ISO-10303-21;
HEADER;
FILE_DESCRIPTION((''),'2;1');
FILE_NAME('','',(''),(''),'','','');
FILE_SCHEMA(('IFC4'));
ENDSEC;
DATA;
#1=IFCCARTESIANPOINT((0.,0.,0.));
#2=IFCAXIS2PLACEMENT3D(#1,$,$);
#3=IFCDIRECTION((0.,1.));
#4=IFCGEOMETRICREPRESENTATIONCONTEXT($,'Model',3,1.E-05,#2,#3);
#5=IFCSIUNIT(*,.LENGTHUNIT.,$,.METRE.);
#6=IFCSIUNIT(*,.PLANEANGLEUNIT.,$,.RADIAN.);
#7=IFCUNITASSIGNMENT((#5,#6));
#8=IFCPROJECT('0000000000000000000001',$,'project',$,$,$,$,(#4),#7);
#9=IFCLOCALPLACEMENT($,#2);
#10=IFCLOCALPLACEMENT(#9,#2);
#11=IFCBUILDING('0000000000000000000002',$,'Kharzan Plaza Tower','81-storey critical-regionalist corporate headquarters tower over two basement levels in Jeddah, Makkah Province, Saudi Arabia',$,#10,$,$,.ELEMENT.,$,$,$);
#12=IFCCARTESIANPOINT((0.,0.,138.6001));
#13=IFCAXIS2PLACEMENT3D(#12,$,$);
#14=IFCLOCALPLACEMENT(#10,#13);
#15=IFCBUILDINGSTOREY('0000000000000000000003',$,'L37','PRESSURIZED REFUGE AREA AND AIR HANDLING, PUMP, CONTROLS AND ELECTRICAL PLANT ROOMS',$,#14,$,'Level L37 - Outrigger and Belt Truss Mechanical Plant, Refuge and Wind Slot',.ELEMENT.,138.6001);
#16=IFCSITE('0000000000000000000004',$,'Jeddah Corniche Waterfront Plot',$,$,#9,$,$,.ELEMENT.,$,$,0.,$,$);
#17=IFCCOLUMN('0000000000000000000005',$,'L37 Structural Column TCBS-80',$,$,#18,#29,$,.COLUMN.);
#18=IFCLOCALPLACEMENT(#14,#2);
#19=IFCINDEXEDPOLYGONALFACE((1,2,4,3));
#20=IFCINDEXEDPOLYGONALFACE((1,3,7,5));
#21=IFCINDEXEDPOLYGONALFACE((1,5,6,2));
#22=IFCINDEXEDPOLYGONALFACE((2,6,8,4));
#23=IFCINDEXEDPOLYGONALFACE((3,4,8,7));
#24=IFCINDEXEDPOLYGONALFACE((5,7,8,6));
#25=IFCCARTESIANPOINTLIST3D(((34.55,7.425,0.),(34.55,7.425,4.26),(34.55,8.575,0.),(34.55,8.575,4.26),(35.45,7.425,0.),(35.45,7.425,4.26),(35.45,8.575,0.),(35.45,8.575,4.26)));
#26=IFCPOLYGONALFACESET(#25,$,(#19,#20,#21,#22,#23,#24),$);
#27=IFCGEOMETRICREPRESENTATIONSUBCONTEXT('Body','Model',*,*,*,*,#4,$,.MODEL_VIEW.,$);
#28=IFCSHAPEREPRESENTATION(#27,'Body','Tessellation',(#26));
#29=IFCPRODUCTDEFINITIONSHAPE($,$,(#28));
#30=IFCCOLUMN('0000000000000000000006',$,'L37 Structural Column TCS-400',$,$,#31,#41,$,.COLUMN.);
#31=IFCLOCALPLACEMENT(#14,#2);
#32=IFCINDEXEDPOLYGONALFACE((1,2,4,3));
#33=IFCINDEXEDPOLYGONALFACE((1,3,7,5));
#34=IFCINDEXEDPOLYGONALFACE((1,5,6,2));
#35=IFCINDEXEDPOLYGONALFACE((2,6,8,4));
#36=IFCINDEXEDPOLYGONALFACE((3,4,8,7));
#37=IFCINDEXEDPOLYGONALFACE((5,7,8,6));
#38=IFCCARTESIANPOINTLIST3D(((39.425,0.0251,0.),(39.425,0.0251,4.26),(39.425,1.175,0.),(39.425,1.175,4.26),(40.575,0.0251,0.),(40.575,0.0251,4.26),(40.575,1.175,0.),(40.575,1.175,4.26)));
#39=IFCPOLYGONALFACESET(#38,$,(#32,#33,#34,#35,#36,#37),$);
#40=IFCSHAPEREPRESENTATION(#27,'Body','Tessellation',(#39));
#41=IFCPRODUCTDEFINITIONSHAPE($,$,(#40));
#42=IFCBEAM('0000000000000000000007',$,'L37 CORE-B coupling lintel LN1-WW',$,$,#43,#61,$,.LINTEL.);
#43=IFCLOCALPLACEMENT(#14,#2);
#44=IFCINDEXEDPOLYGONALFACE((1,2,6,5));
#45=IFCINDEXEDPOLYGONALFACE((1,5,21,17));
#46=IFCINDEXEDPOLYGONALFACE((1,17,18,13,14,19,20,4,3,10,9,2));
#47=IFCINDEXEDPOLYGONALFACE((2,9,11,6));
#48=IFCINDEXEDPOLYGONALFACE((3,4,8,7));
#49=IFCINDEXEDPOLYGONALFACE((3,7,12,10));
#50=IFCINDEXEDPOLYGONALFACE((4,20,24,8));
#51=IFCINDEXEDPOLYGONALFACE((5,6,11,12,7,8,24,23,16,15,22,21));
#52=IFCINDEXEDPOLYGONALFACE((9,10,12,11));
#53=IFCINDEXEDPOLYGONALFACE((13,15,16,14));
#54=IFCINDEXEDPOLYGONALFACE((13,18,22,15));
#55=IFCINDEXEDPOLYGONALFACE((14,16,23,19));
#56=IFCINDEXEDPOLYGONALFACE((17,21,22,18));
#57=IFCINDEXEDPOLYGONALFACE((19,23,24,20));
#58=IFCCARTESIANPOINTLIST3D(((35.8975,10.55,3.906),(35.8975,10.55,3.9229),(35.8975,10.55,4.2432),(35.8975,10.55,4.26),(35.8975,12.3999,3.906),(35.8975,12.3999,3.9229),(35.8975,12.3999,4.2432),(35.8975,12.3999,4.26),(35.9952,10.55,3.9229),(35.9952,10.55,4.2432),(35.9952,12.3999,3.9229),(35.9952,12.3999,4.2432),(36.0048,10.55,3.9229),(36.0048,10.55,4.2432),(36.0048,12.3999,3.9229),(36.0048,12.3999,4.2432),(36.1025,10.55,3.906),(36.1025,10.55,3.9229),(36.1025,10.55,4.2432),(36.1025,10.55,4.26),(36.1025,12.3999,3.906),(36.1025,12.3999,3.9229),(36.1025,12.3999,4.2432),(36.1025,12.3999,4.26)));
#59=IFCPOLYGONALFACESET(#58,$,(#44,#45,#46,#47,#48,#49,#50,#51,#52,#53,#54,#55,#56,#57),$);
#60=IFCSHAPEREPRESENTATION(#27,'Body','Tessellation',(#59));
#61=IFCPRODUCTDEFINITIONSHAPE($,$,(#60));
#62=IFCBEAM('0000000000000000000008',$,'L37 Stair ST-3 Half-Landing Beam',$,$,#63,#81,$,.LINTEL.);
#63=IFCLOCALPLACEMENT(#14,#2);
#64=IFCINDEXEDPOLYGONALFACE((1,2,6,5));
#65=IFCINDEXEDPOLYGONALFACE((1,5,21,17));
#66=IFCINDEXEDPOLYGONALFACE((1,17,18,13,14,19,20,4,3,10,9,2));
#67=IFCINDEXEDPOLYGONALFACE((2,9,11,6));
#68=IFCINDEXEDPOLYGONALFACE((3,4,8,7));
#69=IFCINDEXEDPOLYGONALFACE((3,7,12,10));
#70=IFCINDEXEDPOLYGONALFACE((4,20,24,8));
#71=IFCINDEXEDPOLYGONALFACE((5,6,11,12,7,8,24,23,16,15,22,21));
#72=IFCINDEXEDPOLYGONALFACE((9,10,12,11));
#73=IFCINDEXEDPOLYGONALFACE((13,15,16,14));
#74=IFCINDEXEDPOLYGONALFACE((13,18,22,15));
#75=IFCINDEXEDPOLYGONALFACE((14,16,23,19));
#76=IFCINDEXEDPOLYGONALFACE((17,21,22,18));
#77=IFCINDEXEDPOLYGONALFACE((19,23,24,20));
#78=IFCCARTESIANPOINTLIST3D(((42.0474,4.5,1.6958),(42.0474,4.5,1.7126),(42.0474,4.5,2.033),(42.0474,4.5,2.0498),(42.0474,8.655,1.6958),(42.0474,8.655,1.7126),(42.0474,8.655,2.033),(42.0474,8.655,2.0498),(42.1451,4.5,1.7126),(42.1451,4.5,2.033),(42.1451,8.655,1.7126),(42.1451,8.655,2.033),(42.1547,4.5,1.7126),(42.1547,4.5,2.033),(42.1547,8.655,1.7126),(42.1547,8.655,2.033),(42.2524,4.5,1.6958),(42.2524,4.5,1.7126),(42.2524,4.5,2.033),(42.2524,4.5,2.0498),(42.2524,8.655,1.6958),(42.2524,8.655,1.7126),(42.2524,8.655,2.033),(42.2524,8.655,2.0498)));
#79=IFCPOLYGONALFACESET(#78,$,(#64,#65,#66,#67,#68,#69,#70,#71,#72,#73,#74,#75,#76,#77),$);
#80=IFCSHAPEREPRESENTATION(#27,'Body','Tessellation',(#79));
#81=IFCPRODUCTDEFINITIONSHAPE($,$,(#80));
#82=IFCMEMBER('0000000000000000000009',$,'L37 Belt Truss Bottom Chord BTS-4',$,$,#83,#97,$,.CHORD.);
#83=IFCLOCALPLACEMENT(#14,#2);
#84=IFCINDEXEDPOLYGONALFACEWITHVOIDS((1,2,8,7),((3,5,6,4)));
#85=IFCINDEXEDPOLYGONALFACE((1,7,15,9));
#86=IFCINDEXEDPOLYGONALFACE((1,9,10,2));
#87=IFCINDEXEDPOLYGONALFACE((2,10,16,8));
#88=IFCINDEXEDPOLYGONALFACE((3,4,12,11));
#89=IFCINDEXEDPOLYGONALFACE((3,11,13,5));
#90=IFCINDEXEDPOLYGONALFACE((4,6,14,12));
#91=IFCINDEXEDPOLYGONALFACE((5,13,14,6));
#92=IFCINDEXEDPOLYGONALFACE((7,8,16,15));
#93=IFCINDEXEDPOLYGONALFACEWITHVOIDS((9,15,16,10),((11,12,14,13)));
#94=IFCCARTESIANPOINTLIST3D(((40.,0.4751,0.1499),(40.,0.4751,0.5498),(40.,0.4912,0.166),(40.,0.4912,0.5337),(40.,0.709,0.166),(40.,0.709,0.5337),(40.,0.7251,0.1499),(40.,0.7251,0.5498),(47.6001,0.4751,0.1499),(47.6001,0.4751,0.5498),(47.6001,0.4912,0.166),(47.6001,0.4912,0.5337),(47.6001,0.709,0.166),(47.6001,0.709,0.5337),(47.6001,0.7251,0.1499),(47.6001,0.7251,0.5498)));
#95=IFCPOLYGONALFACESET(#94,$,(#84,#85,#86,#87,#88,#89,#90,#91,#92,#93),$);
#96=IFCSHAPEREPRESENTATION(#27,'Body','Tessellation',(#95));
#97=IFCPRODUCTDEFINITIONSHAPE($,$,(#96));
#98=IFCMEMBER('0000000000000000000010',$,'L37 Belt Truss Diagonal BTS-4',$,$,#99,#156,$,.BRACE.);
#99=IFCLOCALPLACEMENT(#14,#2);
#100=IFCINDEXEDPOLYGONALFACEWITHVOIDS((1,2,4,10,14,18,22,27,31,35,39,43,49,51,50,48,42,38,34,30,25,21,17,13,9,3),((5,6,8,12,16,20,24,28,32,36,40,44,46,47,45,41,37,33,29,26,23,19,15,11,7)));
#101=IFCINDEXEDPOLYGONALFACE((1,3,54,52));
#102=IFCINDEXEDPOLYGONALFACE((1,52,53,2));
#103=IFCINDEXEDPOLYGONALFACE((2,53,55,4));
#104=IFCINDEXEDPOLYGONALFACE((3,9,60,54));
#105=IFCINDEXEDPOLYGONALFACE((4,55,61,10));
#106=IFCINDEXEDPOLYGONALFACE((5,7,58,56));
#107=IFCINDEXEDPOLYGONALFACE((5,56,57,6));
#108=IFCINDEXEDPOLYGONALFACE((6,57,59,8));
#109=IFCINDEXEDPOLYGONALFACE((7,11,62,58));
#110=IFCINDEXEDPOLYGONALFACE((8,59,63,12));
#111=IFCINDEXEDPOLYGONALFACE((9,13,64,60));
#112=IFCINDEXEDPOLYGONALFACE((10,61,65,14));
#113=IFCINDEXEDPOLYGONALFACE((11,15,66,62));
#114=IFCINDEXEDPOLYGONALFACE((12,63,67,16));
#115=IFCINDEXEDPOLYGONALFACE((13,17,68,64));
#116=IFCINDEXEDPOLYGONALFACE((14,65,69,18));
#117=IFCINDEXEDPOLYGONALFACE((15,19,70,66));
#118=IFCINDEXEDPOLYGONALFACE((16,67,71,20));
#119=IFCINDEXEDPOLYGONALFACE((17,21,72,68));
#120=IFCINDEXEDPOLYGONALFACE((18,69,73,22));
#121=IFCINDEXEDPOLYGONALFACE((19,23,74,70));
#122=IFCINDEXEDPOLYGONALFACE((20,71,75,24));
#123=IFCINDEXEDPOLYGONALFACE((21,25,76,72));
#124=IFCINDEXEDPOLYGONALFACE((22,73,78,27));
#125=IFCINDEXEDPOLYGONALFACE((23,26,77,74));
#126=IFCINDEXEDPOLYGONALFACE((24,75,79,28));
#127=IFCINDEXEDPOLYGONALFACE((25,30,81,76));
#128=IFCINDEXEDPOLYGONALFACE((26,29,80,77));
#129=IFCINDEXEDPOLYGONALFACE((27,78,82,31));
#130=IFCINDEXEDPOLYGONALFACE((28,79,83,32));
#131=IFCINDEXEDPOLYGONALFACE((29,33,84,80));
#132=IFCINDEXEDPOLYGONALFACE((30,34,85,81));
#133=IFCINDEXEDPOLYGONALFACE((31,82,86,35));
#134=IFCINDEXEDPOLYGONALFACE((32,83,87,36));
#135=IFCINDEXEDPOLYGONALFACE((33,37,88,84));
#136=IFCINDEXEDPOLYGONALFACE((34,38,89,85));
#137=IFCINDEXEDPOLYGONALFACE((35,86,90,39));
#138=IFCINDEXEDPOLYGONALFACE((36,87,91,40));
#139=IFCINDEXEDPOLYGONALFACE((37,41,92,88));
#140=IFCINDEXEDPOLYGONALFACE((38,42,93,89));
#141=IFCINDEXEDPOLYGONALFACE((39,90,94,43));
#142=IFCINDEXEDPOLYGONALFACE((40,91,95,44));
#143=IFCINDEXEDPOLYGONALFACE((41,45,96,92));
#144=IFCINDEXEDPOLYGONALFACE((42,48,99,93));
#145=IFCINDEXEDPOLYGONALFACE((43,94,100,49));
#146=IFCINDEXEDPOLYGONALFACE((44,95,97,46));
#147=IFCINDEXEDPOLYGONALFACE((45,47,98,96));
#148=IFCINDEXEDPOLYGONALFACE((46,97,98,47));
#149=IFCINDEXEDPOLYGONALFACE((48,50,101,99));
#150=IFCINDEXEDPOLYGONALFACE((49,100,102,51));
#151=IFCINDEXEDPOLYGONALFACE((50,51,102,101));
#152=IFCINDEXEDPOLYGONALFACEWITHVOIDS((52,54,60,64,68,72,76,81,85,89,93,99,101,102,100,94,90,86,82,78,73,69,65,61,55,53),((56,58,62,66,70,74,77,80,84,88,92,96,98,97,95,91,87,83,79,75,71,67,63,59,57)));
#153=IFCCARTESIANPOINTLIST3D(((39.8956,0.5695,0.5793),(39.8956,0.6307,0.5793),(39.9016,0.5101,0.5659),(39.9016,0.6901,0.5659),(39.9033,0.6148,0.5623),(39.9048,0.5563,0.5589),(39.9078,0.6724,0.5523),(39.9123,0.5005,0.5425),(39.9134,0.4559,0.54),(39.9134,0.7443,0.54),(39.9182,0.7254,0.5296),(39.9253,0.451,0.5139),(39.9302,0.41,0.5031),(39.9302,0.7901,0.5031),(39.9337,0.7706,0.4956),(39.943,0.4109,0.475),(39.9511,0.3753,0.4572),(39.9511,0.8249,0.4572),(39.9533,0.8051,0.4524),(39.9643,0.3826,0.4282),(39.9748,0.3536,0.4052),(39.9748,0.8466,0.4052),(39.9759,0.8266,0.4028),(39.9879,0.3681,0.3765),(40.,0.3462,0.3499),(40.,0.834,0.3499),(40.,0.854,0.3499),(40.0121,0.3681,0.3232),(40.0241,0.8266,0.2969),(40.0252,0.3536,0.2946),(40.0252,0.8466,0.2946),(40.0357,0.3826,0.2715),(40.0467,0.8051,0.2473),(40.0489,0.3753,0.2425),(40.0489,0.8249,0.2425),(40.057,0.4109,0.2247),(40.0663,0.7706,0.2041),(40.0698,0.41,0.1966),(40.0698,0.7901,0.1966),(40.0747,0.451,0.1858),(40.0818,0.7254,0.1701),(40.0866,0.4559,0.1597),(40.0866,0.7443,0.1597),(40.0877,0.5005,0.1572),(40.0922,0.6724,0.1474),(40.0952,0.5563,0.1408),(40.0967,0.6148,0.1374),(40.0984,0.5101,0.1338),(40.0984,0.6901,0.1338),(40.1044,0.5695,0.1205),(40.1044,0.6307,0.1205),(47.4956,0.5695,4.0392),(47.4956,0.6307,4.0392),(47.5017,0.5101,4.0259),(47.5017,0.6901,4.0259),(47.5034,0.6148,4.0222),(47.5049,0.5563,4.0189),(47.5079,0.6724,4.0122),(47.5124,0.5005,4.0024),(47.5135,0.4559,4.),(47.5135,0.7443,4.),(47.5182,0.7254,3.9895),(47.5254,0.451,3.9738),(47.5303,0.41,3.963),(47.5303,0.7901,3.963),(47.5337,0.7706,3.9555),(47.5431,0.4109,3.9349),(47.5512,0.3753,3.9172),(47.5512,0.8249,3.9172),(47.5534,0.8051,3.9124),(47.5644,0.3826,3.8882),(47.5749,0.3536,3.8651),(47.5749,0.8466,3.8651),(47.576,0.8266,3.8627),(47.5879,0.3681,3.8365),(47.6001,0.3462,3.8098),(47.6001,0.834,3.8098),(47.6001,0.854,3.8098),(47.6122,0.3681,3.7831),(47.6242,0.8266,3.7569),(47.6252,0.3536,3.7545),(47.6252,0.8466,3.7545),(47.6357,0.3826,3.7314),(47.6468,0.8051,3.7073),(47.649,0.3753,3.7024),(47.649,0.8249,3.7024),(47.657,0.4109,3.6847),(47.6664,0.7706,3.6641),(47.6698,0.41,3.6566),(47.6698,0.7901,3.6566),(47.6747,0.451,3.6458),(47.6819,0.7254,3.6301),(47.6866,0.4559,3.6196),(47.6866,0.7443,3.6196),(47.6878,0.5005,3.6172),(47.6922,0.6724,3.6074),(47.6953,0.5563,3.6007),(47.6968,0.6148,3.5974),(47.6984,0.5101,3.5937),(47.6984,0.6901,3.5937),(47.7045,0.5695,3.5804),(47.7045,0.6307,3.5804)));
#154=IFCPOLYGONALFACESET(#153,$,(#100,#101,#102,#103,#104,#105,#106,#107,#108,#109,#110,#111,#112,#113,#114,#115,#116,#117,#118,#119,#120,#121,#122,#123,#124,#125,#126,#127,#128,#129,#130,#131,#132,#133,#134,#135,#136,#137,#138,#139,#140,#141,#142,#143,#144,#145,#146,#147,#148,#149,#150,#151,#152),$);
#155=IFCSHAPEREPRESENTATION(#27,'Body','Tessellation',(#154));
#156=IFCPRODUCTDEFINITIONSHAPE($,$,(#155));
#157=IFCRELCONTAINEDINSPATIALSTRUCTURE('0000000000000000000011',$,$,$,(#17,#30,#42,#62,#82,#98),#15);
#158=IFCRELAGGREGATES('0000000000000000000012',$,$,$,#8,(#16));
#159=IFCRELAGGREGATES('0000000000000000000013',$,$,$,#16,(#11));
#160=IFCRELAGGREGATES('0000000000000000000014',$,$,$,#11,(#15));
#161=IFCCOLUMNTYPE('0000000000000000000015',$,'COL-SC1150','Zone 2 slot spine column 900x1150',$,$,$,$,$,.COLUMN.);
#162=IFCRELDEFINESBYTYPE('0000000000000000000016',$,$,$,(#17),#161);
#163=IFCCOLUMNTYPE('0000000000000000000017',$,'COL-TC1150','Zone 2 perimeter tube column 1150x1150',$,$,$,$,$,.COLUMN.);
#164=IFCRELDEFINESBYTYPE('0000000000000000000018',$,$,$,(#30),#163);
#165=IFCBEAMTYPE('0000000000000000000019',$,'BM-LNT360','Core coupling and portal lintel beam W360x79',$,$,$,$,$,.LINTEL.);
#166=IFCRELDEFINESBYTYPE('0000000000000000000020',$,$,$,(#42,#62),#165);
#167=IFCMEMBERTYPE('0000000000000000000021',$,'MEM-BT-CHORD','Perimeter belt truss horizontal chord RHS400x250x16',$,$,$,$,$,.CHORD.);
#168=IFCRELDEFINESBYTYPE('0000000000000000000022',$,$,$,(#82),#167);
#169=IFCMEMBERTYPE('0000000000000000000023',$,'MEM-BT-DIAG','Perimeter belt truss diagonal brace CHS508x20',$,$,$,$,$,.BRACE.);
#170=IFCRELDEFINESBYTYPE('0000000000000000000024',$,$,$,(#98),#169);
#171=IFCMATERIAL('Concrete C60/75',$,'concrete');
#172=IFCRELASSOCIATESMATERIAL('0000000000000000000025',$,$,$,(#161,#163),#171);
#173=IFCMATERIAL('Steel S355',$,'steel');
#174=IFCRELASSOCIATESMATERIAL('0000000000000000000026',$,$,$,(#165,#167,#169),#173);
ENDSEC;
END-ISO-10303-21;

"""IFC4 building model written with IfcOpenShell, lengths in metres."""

from ifc_helpers import new_model, si_unit, direction, frame, origin, origin_2d, place, context, subcontext, project, spatial, rectangle, hollow_rectangle, hollow_circle, i_section, extrude, source, transform, mapped, material, material_profile, profile_set, type_object, element, save


model = new_model("IFC4")

# Units and contexts
model_context = context("Model", 3, precision=1e-05, world=origin(), true_north=direction((0.0, 1.0)))
body_context = subcontext(model_context, "Body", "Model", "MODEL_VIEW")
ifc_project = project(units=[si_unit("LENGTHUNIT", "METRE"), si_unit("PLANEANGLEUNIT", "RADIAN")], contexts=[model_context])

# Site, building, storey
site_placement = place(None, origin())
site = spatial("IfcSite", under=ifc_project, at=site_placement, Name="Jeddah Corniche Waterfront Plot", CompositionType="ELEMENT", RefElevation=0.0)
building_placement = place(site_placement, origin())
building = spatial("IfcBuilding", under=site, at=building_placement, Name="Kharzan Plaza Tower", Description="81-storey critical-regionalist corporate headquarters tower over two basement levels in Jeddah, Makkah Province, Saudi Arabia", CompositionType="ELEMENT")
storey_placement = place(building_placement, frame((0.0, 0.0, 138.6001)))
storey = spatial("IfcBuildingStorey", under=building, at=storey_placement, Name="L37", Description="PRESSURIZED REFUGE AREA AND AIR HANDLING, PUMP, CONTROLS AND ELECTRICAL PLANT ROOMS", LongName="Level L37 - Outrigger and Belt Truss Mechanical Plant, Refuge and Wind Slot", CompositionType="ELEMENT", Elevation=138.6001)

# Columns
ifc_material_1 = material(Name="Concrete C60/75", Category="concrete")
ifc_material_profile_1 = material_profile(ifc_material_1, rectangle(XDim=0.8999, YDim=1.1499, at=origin_2d()), Name="RC-SC1150x900")
ifc_profile_set_1 = profile_set([ifc_material_profile_1], Name="Concrete C60/75")
column_type_1 = type_object("IfcColumnType", Name="COL-SC1150", Description="Zone 2 slot spine column 900x1150", PredefinedType="COLUMN", material=ifc_profile_set_1)
shared_shape_1 = source(origin(), body_context, "Body", "SweptSolid", [
    extrude(rectangle(XDim=0.8999, YDim=1.1499, at=origin_2d()), origin(), (0.0, 0.0, 1.0), 4.26),
])
column_1_placement = place(storey_placement, frame((35.0, 8.0, 0.0), z_axis=(0.0, 0.0, 1.0), x_axis=(1.0, 0.0, 0.0)))
element("IfcColumn", 1, at=column_1_placement, inside=storey, type_object=column_type_1, Name="L37 Structural Column TCBS-80", PredefinedType="COLUMN", context=body_context, shape_type="MappedRepresentation", body=[
    mapped(shared_shape_1, transform((0.0, 0.0, 0.0), x_axis=(1.0, 0.0, 0.0), y_axis=(0.0, 1.0, 0.0), z_axis=(0.0, 0.0, 1.0))),
])
ifc_material_profile_2 = material_profile(ifc_material_1, rectangle(XDim=1.1499, YDim=1.1499, at=origin_2d()), Name="RC-TC1150x1150")
ifc_profile_set_2 = profile_set([ifc_material_profile_2], Name="Concrete C60/75")
column_type_2 = type_object("IfcColumnType", Name="COL-TC1150", Description="Zone 2 perimeter tube column 1150x1150", PredefinedType="COLUMN", material=ifc_profile_set_2)
shared_shape_2 = source(origin(), body_context, "Body", "SweptSolid", [
    extrude(rectangle(XDim=1.1499, YDim=1.1499, at=origin_2d()), origin(), (0.0, 0.0, 1.0), 4.26),
])
column_2_placement = place(storey_placement, frame((40.0, 0.6001, 0.0), z_axis=(0.0, 0.0, 1.0), x_axis=(1.0, 0.0, 0.0)))
element("IfcColumn", 2, at=column_2_placement, inside=storey, type_object=column_type_2, Name="L37 Structural Column TCS-400", PredefinedType="COLUMN", context=body_context, shape_type="MappedRepresentation", body=[
    mapped(shared_shape_2, transform((0.0, 0.0, 0.0), x_axis=(1.0, 0.0, 0.0), y_axis=(0.0, 1.0, 0.0), z_axis=(0.0, 0.0, 1.0))),
])

# Beams
ifc_material_2 = material(Name="Steel S355", Category="steel")
ifc_material_profile_3 = material_profile(ifc_material_2, i_section(OverallWidth=0.2051, OverallDepth=0.354, WebThickness=0.0095, FlangeThickness=0.0168, at=origin_2d()), Name="W360x79")
ifc_profile_set_3 = profile_set([ifc_material_profile_3], Name="Steel S355")
beam_type_1 = type_object("IfcBeamType", Name="BM-LNT360", Description="Core coupling and portal lintel beam W360x79", PredefinedType="LINTEL", material=ifc_profile_set_3)
shared_shape_3 = source(origin(), body_context, "Body", "SweptSolid", [
    extrude(i_section(OverallWidth=0.2051, OverallDepth=0.354, WebThickness=0.0095, FlangeThickness=0.0168, at=origin_2d()), origin(), (0.0, 0.0, 1.0), 1.8499),
])
beam_1_placement = place(storey_placement, frame((36.0, 10.55, 4.083), z_axis=(0.0, 1.0, 0.0), x_axis=(-1.0, 0.0, 0.0)))
element("IfcBeam", 3, at=beam_1_placement, inside=storey, type_object=beam_type_1, Name="L37 CORE-B coupling lintel LN1-WW", PredefinedType="LINTEL", context=body_context, shape_type="MappedRepresentation", body=[
    mapped(shared_shape_3, transform((0.0, 0.0, 0.0), x_axis=(1.0, 0.0, 0.0), y_axis=(0.0, 1.0, 0.0), z_axis=(0.0, 0.0, 1.0))),
])
shared_shape_4 = source(origin(), body_context, "Body", "SweptSolid", [
    extrude(i_section(OverallWidth=0.2051, OverallDepth=0.354, WebThickness=0.0095, FlangeThickness=0.0168, at=origin_2d()), origin(), (0.0, 0.0, 1.0), 4.155),
])
beam_2_placement = place(storey_placement, frame((42.1499, 4.5, 1.8728), z_axis=(0.0, 1.0, 0.0), x_axis=(-1.0, 0.0, 0.0)))
element("IfcBeam", 4, at=beam_2_placement, inside=storey, type_object=beam_type_1, Name="L37 Stair ST-3 Half-Landing Beam", PredefinedType="LINTEL", context=body_context, shape_type="MappedRepresentation", body=[
    mapped(shared_shape_4, transform((0.0, 0.0, 0.0), x_axis=(1.0, 0.0, 0.0), y_axis=(0.0, 1.0, 0.0), z_axis=(0.0, 0.0, 1.0))),
])

# Members
ifc_material_profile_4 = material_profile(ifc_material_2, hollow_rectangle(XDim=0.25, YDim=0.3999, WallThickness=0.0161, at=origin_2d()), Name="RHS400x250x16")
ifc_profile_set_4 = profile_set([ifc_material_profile_4], Name="Steel S355")
member_type_1 = type_object("IfcMemberType", Name="MEM-BT-CHORD", Description="Perimeter belt truss horizontal chord RHS400x250x16", PredefinedType="CHORD", material=ifc_profile_set_4)
shared_shape_5 = source(origin(), body_context, "Body", "SweptSolid", [
    extrude(hollow_rectangle(XDim=0.25, YDim=0.3999, WallThickness=0.0161, at=origin_2d()), origin(), (0.0, 0.0, 1.0), 7.6001),
])
member_1_placement = place(storey_placement, frame((40.0, 0.6001, 0.3499), z_axis=(1.0, 0.0, 0.0), x_axis=(0.0, 1.0, 0.0)))
element("IfcMember", 5, at=member_1_placement, inside=storey, type_object=member_type_1, Name="L37 Belt Truss Bottom Chord BTS-4", PredefinedType="CHORD", context=body_context, shape_type="MappedRepresentation", body=[
    mapped(shared_shape_5, transform((0.0, 0.0, 0.0), x_axis=(1.0, 0.0, 0.0), y_axis=(0.0, 1.0, 0.0), z_axis=(0.0, 0.0, 1.0))),
])
ifc_material_profile_5 = material_profile(ifc_material_2, hollow_circle(Radius=0.2539, WallThickness=0.02, at=origin_2d()), Name="CHS508x20")
ifc_profile_set_5 = profile_set([ifc_material_profile_5], Name="Steel S355")
member_type_2 = type_object("IfcMemberType", Name="MEM-BT-DIAG", Description="Perimeter belt truss diagonal brace CHS508x20", PredefinedType="BRACE", material=ifc_profile_set_5)
shared_shape_6 = source(origin(), body_context, "Body", "SweptSolid", [
    extrude(hollow_circle(Radius=0.2539, WallThickness=0.02, at=origin_2d()), origin(), (0.0, 0.0, 1.0), 8.3506),
])
member_2_placement = place(storey_placement, frame((40.0, 0.6001, 0.3499), z_axis=(0.910124, 0.0, 0.414336), x_axis=(0.0, 1.0, 0.0)))
element("IfcMember", 6, at=member_2_placement, inside=storey, type_object=member_type_2, Name="L37 Belt Truss Diagonal BTS-4", PredefinedType="BRACE", context=body_context, shape_type="MappedRepresentation", body=[
    mapped(shared_shape_6, transform((0.0, 0.0, 0.0), x_axis=(1.0, 0.0, 0.0), y_axis=(0.0, 1.0, 0.0), z_axis=(0.0, 0.0, 1.0))),
])

save(model, "model.ifc")
